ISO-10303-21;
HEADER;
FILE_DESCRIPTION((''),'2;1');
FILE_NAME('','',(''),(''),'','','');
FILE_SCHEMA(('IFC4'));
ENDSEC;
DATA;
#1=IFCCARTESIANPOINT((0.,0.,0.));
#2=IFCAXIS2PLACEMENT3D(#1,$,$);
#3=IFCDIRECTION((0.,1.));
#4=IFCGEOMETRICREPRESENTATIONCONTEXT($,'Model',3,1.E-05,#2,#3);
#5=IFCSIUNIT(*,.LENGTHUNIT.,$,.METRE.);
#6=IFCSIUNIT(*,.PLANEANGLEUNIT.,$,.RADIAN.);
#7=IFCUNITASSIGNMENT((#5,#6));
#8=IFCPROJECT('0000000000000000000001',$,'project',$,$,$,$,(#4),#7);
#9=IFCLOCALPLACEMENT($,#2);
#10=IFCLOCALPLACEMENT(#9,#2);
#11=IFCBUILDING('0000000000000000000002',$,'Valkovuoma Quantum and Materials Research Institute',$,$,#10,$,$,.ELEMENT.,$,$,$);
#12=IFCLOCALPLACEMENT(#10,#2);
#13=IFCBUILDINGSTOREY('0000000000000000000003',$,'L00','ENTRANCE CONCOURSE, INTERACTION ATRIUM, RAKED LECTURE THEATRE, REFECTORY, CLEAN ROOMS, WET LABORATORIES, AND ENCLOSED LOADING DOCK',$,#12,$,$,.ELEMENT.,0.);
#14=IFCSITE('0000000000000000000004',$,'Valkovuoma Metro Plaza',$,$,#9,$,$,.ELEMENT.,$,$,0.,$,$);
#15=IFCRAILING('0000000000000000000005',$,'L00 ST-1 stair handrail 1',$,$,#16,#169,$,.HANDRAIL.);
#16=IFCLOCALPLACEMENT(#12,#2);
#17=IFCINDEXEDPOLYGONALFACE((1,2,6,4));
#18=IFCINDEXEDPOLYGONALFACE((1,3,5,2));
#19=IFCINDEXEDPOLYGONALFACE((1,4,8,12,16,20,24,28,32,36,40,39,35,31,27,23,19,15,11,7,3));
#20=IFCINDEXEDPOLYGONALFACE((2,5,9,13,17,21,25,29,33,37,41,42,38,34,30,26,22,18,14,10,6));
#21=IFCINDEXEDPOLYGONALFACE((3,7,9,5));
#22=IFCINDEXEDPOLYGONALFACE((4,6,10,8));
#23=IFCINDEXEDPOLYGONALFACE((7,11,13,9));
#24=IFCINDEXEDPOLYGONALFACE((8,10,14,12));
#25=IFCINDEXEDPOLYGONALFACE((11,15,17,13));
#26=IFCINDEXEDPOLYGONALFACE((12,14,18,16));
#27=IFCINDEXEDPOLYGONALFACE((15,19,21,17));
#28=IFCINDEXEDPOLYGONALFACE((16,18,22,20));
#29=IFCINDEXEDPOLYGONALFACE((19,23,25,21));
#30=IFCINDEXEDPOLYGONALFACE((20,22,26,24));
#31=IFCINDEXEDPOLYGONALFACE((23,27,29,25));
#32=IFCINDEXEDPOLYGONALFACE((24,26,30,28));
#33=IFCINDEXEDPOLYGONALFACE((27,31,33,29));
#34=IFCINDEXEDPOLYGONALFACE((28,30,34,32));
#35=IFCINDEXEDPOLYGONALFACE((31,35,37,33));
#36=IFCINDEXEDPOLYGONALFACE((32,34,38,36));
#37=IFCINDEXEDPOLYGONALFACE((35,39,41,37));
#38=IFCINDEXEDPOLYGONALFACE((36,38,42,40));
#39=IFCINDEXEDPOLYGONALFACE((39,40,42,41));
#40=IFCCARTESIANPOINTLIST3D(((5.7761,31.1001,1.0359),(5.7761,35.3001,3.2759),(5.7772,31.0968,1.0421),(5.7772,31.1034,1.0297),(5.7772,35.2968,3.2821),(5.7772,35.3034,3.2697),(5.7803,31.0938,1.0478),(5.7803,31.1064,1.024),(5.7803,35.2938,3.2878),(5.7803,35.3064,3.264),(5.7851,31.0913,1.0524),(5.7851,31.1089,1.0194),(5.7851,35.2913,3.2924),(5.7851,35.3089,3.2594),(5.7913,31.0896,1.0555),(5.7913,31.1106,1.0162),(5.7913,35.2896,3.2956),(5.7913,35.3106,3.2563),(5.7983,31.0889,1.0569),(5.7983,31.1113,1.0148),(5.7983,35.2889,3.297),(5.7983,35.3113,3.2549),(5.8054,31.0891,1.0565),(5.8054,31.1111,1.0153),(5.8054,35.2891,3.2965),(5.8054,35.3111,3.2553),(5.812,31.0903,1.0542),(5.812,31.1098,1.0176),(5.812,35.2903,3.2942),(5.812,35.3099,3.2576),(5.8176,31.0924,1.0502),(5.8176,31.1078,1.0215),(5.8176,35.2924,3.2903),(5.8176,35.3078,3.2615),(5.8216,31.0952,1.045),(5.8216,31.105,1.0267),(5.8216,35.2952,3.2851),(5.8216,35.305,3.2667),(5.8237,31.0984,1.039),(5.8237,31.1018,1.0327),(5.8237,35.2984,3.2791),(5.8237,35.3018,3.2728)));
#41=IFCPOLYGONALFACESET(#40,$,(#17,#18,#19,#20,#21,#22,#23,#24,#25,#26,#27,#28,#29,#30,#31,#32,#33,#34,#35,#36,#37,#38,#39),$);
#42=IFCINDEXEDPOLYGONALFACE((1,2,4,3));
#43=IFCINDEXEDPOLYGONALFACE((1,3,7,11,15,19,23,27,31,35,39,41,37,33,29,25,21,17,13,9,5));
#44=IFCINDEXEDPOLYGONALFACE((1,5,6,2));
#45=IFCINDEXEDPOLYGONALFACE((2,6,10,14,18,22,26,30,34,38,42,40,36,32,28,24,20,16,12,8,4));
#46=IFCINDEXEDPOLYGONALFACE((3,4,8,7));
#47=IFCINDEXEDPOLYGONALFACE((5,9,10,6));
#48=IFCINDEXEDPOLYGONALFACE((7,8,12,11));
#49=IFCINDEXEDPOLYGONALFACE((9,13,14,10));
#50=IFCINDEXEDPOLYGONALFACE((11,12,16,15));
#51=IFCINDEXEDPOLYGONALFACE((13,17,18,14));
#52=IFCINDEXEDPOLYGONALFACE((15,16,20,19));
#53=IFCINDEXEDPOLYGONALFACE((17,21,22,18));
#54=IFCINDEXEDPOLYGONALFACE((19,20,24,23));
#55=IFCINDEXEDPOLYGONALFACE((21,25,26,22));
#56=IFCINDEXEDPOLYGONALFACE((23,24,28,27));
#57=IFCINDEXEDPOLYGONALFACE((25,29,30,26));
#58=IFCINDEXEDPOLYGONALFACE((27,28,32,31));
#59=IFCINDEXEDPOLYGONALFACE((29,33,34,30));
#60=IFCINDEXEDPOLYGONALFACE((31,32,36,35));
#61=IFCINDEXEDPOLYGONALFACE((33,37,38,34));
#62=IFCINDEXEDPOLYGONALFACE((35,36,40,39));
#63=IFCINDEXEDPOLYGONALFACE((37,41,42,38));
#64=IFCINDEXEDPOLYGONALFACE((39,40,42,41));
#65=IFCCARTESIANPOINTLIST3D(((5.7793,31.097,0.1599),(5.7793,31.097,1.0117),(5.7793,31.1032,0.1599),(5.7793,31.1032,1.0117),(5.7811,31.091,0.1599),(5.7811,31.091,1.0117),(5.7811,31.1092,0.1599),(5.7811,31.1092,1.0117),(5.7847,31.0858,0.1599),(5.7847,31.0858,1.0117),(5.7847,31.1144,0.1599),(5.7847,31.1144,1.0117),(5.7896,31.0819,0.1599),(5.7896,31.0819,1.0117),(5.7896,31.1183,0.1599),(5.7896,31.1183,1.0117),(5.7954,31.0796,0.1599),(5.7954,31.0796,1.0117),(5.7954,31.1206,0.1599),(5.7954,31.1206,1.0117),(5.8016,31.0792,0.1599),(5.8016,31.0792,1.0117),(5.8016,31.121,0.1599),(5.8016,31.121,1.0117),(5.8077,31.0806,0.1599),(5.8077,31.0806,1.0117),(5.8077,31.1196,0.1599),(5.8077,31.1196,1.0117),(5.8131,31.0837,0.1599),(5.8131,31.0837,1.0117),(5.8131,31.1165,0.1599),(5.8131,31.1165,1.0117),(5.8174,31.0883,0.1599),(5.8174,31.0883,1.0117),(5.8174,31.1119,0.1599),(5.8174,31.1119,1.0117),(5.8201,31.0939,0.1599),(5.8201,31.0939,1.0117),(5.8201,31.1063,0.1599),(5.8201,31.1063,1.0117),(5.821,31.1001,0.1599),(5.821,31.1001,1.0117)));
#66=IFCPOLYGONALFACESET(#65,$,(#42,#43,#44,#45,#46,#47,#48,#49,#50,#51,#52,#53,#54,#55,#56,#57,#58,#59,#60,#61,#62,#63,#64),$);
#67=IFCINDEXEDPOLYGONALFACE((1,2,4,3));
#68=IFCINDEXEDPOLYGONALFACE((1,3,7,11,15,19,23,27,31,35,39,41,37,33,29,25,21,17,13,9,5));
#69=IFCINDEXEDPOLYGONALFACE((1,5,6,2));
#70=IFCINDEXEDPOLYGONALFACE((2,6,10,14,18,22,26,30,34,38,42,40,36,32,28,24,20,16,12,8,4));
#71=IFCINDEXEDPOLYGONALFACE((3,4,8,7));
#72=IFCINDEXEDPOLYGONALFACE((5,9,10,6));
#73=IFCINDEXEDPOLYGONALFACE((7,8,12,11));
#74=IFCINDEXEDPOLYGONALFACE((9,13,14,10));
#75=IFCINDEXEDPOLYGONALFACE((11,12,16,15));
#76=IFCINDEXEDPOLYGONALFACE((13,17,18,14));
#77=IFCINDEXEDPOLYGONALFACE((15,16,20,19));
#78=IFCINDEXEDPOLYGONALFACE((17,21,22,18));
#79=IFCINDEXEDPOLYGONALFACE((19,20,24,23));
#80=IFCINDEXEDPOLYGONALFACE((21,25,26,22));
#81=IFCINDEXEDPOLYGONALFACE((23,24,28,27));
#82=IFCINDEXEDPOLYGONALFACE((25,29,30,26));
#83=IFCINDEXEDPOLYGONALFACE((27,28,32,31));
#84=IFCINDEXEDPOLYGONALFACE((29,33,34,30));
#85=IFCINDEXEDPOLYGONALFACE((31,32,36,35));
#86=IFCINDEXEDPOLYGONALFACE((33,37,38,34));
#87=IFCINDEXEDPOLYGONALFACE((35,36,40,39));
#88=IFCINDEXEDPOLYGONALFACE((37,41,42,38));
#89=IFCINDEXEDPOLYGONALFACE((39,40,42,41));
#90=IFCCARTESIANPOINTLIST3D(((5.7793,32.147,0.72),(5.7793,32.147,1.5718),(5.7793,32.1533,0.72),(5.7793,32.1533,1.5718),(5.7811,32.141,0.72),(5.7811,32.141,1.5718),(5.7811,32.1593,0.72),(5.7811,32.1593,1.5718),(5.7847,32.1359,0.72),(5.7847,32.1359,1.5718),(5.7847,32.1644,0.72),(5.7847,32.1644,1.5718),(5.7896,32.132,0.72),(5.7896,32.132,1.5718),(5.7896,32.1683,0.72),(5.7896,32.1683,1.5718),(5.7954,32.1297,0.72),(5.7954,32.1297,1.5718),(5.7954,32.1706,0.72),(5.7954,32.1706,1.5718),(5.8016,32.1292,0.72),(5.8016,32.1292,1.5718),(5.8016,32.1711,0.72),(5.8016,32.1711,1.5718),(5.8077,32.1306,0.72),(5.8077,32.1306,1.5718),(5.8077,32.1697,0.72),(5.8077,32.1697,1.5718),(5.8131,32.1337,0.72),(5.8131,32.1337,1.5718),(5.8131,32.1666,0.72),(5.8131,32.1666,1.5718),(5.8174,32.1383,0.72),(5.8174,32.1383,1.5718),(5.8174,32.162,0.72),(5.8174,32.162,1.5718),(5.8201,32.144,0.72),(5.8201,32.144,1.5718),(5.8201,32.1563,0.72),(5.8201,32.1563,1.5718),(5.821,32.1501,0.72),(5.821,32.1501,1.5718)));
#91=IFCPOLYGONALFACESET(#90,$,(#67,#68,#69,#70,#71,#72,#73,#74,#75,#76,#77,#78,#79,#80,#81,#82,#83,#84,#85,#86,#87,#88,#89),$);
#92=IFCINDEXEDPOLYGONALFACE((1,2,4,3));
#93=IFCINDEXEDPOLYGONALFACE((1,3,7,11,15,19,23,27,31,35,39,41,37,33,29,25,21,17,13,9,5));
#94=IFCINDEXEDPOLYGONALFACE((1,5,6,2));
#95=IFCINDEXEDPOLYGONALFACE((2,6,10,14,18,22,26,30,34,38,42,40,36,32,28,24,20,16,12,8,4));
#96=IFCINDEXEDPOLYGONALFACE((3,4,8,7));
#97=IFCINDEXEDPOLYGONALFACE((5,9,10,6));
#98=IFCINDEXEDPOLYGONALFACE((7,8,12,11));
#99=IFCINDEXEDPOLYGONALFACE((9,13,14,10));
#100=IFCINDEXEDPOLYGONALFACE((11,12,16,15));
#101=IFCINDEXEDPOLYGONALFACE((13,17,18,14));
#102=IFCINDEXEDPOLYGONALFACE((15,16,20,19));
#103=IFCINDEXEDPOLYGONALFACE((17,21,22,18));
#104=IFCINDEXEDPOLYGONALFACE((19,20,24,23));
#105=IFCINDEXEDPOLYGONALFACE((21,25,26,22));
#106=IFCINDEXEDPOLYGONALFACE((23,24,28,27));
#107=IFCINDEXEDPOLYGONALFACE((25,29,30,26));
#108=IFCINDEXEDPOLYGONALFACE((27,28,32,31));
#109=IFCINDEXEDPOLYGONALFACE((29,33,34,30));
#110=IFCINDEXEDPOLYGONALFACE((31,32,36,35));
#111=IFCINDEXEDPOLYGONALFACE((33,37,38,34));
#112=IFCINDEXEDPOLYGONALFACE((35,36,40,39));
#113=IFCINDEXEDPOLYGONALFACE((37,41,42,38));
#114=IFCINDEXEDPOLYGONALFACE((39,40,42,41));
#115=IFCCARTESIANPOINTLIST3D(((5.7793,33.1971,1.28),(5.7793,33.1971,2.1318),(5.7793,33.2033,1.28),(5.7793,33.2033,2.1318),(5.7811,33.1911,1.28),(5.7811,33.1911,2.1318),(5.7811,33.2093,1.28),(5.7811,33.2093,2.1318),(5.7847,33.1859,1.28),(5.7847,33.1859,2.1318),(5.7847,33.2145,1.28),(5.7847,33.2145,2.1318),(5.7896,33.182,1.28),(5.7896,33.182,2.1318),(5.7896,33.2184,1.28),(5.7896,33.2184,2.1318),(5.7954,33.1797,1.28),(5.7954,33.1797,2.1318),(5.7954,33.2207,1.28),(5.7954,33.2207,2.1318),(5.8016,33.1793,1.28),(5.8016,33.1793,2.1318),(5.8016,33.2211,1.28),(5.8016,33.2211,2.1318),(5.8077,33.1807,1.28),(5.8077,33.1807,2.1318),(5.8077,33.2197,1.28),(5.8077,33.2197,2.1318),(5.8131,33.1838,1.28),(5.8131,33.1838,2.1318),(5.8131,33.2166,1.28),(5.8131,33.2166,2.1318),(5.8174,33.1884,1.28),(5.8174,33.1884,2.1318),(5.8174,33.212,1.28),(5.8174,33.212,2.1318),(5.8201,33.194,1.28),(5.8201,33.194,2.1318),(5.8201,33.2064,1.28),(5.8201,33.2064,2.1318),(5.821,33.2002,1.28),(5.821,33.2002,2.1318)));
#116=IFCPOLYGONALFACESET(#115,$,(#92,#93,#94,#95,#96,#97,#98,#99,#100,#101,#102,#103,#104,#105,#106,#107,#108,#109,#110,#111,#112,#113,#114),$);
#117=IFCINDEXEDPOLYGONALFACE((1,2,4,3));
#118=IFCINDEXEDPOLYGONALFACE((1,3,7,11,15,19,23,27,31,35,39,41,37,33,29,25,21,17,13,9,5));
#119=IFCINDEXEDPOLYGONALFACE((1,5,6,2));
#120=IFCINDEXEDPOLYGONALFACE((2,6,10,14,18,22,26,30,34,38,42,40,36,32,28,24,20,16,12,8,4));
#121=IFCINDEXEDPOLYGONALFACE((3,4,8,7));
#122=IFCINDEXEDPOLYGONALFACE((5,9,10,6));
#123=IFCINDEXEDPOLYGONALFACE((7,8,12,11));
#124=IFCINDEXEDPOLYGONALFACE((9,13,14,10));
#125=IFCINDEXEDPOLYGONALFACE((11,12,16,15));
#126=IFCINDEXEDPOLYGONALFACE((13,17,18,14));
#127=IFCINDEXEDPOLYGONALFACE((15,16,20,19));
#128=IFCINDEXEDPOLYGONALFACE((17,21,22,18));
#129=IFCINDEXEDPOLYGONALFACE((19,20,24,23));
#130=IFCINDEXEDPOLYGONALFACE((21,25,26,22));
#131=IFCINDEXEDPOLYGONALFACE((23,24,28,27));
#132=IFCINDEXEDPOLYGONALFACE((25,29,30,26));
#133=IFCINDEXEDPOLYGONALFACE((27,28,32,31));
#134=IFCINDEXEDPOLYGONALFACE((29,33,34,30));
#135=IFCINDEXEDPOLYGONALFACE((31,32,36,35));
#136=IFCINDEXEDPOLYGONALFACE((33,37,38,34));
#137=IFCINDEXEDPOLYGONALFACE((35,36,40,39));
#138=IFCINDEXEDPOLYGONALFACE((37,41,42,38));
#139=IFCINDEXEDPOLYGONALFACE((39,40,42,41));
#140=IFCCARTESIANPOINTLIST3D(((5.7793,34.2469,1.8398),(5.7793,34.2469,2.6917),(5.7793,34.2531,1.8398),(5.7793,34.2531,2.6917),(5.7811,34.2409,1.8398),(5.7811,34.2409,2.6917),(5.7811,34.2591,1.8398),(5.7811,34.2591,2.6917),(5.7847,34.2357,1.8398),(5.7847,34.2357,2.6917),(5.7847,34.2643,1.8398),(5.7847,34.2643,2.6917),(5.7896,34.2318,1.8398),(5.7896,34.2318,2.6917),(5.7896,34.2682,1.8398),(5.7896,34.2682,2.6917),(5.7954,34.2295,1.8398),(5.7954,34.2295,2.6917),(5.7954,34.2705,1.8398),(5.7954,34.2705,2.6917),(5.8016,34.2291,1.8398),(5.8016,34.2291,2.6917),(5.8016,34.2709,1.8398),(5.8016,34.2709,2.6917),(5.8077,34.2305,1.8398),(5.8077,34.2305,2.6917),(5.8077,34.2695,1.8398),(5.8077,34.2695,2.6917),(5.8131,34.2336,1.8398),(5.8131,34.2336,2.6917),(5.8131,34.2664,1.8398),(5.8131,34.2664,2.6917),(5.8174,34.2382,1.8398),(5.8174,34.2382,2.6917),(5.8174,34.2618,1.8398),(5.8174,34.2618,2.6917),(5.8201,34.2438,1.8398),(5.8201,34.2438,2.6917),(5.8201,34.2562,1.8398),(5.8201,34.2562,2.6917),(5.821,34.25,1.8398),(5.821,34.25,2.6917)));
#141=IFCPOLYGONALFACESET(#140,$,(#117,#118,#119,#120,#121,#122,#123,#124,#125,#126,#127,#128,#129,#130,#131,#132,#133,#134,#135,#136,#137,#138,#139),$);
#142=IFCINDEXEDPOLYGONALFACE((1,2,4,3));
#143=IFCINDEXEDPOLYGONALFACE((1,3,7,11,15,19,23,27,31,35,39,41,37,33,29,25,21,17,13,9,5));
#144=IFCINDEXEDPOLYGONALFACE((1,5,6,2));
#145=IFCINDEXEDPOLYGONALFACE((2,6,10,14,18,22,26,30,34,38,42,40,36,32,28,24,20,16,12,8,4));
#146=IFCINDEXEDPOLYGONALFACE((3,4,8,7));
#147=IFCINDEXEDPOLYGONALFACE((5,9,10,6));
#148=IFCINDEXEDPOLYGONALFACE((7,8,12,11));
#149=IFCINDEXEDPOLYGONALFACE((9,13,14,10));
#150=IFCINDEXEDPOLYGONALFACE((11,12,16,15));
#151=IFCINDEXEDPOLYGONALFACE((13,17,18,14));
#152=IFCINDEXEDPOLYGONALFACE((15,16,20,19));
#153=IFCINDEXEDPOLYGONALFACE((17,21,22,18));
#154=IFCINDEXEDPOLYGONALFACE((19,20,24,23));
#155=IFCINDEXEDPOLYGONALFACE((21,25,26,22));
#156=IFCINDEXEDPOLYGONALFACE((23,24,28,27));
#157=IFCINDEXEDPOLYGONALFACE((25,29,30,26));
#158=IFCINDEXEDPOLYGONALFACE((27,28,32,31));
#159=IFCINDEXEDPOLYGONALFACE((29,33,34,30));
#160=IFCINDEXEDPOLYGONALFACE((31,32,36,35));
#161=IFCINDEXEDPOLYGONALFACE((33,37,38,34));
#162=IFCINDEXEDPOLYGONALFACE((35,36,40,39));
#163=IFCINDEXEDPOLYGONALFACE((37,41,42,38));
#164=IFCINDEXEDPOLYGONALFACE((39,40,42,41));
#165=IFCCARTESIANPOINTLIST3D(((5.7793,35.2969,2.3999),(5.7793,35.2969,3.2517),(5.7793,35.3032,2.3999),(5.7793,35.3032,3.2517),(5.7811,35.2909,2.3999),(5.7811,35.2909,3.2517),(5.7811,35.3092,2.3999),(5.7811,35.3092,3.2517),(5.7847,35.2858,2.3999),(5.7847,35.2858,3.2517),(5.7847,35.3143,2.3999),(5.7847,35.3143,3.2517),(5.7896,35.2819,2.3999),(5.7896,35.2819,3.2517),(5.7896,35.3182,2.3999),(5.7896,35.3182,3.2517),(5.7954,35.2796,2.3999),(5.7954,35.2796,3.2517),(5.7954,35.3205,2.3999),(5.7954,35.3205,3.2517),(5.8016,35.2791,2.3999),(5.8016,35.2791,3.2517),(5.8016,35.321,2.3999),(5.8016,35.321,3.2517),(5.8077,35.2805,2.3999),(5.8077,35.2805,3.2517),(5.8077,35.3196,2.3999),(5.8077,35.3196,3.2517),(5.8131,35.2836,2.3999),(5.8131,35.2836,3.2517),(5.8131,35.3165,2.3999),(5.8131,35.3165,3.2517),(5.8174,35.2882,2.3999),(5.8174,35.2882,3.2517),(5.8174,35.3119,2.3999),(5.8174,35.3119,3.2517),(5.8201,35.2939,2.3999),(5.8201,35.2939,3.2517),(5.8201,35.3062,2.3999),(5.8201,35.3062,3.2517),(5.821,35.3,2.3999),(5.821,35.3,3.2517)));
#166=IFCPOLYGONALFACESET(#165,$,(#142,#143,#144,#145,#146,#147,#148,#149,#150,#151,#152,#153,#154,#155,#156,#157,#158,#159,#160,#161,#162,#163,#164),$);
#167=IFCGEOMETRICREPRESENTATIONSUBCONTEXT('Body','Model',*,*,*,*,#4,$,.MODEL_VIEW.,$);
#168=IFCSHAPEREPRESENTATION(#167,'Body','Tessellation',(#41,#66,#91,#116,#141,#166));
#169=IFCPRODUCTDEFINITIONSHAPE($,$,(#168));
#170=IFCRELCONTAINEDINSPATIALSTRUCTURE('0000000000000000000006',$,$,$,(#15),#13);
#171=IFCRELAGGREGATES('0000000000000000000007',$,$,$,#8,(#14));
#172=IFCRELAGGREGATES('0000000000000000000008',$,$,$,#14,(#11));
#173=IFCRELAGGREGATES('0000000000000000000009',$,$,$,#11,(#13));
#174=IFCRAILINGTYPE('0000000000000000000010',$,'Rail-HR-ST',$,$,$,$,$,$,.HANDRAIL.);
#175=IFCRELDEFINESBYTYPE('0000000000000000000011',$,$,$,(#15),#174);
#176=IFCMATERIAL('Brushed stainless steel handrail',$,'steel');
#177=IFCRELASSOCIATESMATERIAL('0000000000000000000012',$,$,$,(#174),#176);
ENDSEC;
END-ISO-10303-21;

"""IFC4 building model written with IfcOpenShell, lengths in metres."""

from ifc_helpers import new_model, si_unit, direction, frame, origin, origin_2d, place, context, subcontext, project, spatial, circle, extrude, material, type_object, element, save


model = new_model("IFC4")

# Units and contexts
model_context = context("Model", 3, precision=1e-05, world=origin(), true_north=direction((0.0, 1.0)))
body_context = subcontext(model_context, "Body", "Model", "MODEL_VIEW")
ifc_project = project(units=[si_unit("LENGTHUNIT", "METRE"), si_unit("PLANEANGLEUNIT", "RADIAN")], contexts=[model_context])

# Site, building, storey
site_placement = place(None, origin())
site = spatial("IfcSite", under=ifc_project, at=site_placement, Name="Valkovuoma Metro Plaza", CompositionType="ELEMENT", RefElevation=0.0)
building_placement = place(site_placement, origin())
building = spatial("IfcBuilding", under=site, at=building_placement, Name="Valkovuoma Quantum and Materials Research Institute", CompositionType="ELEMENT")
storey_placement = place(building_placement, origin())
storey = spatial("IfcBuildingStorey", under=building, at=storey_placement, Name="L00", Description="ENTRANCE CONCOURSE, INTERACTION ATRIUM, RAKED LECTURE THEATRE, REFECTORY, CLEAN ROOMS, WET LABORATORIES, AND ENCLOSED LOADING DOCK", CompositionType="ELEMENT", Elevation=0.0)

# Railing
ifc_material_1 = material(Name="Brushed stainless steel handrail", Category="steel")
railing_type_1 = type_object("IfcRailingType", Name="Rail-HR-ST", PredefinedType="HANDRAIL", material=ifc_material_1)
railing_1_placement = place(storey_placement, frame((5.8, 31.1001, 0.1599)))
element("IfcRailing", 1, at=railing_1_placement, inside=storey, type_object=railing_type_1, Name="L00 ST-1 stair handrail 1", PredefinedType="HANDRAIL", context=body_context, shape_type="SweptSolid", body=[
    extrude(circle(Radius=0.0239, at=origin_2d()), frame((0.0, 0.0, 0.876), z_axis=(0.0, 0.882352, 0.470591), x_axis=(-1.0, 0.0, 0.0)), (0.0, 0.0, 1.0), 4.76),
    extrude(circle(Radius=0.021, at=origin_2d()), origin(), (0.0, 0.0, 1.0), 0.8518),
    extrude(circle(Radius=0.021, at=origin_2d()), frame((0.0, 1.05, 0.5601)), (0.0, 0.0, 1.0), 0.8518),
    extrude(circle(Radius=0.021, at=origin_2d()), frame((0.0, 2.1001, 1.1201)), (0.0, 0.0, 1.0), 0.8518),
    extrude(circle(Radius=0.021, at=origin_2d()), frame((0.0, 3.1499, 1.6799)), (0.0, 0.0, 1.0), 0.8518),
    extrude(circle(Radius=0.021, at=origin_2d()), frame((0.0, 4.2, 2.24)), (0.0, 0.0, 1.0), 0.8518),
])

save(model, "model.ifc")
